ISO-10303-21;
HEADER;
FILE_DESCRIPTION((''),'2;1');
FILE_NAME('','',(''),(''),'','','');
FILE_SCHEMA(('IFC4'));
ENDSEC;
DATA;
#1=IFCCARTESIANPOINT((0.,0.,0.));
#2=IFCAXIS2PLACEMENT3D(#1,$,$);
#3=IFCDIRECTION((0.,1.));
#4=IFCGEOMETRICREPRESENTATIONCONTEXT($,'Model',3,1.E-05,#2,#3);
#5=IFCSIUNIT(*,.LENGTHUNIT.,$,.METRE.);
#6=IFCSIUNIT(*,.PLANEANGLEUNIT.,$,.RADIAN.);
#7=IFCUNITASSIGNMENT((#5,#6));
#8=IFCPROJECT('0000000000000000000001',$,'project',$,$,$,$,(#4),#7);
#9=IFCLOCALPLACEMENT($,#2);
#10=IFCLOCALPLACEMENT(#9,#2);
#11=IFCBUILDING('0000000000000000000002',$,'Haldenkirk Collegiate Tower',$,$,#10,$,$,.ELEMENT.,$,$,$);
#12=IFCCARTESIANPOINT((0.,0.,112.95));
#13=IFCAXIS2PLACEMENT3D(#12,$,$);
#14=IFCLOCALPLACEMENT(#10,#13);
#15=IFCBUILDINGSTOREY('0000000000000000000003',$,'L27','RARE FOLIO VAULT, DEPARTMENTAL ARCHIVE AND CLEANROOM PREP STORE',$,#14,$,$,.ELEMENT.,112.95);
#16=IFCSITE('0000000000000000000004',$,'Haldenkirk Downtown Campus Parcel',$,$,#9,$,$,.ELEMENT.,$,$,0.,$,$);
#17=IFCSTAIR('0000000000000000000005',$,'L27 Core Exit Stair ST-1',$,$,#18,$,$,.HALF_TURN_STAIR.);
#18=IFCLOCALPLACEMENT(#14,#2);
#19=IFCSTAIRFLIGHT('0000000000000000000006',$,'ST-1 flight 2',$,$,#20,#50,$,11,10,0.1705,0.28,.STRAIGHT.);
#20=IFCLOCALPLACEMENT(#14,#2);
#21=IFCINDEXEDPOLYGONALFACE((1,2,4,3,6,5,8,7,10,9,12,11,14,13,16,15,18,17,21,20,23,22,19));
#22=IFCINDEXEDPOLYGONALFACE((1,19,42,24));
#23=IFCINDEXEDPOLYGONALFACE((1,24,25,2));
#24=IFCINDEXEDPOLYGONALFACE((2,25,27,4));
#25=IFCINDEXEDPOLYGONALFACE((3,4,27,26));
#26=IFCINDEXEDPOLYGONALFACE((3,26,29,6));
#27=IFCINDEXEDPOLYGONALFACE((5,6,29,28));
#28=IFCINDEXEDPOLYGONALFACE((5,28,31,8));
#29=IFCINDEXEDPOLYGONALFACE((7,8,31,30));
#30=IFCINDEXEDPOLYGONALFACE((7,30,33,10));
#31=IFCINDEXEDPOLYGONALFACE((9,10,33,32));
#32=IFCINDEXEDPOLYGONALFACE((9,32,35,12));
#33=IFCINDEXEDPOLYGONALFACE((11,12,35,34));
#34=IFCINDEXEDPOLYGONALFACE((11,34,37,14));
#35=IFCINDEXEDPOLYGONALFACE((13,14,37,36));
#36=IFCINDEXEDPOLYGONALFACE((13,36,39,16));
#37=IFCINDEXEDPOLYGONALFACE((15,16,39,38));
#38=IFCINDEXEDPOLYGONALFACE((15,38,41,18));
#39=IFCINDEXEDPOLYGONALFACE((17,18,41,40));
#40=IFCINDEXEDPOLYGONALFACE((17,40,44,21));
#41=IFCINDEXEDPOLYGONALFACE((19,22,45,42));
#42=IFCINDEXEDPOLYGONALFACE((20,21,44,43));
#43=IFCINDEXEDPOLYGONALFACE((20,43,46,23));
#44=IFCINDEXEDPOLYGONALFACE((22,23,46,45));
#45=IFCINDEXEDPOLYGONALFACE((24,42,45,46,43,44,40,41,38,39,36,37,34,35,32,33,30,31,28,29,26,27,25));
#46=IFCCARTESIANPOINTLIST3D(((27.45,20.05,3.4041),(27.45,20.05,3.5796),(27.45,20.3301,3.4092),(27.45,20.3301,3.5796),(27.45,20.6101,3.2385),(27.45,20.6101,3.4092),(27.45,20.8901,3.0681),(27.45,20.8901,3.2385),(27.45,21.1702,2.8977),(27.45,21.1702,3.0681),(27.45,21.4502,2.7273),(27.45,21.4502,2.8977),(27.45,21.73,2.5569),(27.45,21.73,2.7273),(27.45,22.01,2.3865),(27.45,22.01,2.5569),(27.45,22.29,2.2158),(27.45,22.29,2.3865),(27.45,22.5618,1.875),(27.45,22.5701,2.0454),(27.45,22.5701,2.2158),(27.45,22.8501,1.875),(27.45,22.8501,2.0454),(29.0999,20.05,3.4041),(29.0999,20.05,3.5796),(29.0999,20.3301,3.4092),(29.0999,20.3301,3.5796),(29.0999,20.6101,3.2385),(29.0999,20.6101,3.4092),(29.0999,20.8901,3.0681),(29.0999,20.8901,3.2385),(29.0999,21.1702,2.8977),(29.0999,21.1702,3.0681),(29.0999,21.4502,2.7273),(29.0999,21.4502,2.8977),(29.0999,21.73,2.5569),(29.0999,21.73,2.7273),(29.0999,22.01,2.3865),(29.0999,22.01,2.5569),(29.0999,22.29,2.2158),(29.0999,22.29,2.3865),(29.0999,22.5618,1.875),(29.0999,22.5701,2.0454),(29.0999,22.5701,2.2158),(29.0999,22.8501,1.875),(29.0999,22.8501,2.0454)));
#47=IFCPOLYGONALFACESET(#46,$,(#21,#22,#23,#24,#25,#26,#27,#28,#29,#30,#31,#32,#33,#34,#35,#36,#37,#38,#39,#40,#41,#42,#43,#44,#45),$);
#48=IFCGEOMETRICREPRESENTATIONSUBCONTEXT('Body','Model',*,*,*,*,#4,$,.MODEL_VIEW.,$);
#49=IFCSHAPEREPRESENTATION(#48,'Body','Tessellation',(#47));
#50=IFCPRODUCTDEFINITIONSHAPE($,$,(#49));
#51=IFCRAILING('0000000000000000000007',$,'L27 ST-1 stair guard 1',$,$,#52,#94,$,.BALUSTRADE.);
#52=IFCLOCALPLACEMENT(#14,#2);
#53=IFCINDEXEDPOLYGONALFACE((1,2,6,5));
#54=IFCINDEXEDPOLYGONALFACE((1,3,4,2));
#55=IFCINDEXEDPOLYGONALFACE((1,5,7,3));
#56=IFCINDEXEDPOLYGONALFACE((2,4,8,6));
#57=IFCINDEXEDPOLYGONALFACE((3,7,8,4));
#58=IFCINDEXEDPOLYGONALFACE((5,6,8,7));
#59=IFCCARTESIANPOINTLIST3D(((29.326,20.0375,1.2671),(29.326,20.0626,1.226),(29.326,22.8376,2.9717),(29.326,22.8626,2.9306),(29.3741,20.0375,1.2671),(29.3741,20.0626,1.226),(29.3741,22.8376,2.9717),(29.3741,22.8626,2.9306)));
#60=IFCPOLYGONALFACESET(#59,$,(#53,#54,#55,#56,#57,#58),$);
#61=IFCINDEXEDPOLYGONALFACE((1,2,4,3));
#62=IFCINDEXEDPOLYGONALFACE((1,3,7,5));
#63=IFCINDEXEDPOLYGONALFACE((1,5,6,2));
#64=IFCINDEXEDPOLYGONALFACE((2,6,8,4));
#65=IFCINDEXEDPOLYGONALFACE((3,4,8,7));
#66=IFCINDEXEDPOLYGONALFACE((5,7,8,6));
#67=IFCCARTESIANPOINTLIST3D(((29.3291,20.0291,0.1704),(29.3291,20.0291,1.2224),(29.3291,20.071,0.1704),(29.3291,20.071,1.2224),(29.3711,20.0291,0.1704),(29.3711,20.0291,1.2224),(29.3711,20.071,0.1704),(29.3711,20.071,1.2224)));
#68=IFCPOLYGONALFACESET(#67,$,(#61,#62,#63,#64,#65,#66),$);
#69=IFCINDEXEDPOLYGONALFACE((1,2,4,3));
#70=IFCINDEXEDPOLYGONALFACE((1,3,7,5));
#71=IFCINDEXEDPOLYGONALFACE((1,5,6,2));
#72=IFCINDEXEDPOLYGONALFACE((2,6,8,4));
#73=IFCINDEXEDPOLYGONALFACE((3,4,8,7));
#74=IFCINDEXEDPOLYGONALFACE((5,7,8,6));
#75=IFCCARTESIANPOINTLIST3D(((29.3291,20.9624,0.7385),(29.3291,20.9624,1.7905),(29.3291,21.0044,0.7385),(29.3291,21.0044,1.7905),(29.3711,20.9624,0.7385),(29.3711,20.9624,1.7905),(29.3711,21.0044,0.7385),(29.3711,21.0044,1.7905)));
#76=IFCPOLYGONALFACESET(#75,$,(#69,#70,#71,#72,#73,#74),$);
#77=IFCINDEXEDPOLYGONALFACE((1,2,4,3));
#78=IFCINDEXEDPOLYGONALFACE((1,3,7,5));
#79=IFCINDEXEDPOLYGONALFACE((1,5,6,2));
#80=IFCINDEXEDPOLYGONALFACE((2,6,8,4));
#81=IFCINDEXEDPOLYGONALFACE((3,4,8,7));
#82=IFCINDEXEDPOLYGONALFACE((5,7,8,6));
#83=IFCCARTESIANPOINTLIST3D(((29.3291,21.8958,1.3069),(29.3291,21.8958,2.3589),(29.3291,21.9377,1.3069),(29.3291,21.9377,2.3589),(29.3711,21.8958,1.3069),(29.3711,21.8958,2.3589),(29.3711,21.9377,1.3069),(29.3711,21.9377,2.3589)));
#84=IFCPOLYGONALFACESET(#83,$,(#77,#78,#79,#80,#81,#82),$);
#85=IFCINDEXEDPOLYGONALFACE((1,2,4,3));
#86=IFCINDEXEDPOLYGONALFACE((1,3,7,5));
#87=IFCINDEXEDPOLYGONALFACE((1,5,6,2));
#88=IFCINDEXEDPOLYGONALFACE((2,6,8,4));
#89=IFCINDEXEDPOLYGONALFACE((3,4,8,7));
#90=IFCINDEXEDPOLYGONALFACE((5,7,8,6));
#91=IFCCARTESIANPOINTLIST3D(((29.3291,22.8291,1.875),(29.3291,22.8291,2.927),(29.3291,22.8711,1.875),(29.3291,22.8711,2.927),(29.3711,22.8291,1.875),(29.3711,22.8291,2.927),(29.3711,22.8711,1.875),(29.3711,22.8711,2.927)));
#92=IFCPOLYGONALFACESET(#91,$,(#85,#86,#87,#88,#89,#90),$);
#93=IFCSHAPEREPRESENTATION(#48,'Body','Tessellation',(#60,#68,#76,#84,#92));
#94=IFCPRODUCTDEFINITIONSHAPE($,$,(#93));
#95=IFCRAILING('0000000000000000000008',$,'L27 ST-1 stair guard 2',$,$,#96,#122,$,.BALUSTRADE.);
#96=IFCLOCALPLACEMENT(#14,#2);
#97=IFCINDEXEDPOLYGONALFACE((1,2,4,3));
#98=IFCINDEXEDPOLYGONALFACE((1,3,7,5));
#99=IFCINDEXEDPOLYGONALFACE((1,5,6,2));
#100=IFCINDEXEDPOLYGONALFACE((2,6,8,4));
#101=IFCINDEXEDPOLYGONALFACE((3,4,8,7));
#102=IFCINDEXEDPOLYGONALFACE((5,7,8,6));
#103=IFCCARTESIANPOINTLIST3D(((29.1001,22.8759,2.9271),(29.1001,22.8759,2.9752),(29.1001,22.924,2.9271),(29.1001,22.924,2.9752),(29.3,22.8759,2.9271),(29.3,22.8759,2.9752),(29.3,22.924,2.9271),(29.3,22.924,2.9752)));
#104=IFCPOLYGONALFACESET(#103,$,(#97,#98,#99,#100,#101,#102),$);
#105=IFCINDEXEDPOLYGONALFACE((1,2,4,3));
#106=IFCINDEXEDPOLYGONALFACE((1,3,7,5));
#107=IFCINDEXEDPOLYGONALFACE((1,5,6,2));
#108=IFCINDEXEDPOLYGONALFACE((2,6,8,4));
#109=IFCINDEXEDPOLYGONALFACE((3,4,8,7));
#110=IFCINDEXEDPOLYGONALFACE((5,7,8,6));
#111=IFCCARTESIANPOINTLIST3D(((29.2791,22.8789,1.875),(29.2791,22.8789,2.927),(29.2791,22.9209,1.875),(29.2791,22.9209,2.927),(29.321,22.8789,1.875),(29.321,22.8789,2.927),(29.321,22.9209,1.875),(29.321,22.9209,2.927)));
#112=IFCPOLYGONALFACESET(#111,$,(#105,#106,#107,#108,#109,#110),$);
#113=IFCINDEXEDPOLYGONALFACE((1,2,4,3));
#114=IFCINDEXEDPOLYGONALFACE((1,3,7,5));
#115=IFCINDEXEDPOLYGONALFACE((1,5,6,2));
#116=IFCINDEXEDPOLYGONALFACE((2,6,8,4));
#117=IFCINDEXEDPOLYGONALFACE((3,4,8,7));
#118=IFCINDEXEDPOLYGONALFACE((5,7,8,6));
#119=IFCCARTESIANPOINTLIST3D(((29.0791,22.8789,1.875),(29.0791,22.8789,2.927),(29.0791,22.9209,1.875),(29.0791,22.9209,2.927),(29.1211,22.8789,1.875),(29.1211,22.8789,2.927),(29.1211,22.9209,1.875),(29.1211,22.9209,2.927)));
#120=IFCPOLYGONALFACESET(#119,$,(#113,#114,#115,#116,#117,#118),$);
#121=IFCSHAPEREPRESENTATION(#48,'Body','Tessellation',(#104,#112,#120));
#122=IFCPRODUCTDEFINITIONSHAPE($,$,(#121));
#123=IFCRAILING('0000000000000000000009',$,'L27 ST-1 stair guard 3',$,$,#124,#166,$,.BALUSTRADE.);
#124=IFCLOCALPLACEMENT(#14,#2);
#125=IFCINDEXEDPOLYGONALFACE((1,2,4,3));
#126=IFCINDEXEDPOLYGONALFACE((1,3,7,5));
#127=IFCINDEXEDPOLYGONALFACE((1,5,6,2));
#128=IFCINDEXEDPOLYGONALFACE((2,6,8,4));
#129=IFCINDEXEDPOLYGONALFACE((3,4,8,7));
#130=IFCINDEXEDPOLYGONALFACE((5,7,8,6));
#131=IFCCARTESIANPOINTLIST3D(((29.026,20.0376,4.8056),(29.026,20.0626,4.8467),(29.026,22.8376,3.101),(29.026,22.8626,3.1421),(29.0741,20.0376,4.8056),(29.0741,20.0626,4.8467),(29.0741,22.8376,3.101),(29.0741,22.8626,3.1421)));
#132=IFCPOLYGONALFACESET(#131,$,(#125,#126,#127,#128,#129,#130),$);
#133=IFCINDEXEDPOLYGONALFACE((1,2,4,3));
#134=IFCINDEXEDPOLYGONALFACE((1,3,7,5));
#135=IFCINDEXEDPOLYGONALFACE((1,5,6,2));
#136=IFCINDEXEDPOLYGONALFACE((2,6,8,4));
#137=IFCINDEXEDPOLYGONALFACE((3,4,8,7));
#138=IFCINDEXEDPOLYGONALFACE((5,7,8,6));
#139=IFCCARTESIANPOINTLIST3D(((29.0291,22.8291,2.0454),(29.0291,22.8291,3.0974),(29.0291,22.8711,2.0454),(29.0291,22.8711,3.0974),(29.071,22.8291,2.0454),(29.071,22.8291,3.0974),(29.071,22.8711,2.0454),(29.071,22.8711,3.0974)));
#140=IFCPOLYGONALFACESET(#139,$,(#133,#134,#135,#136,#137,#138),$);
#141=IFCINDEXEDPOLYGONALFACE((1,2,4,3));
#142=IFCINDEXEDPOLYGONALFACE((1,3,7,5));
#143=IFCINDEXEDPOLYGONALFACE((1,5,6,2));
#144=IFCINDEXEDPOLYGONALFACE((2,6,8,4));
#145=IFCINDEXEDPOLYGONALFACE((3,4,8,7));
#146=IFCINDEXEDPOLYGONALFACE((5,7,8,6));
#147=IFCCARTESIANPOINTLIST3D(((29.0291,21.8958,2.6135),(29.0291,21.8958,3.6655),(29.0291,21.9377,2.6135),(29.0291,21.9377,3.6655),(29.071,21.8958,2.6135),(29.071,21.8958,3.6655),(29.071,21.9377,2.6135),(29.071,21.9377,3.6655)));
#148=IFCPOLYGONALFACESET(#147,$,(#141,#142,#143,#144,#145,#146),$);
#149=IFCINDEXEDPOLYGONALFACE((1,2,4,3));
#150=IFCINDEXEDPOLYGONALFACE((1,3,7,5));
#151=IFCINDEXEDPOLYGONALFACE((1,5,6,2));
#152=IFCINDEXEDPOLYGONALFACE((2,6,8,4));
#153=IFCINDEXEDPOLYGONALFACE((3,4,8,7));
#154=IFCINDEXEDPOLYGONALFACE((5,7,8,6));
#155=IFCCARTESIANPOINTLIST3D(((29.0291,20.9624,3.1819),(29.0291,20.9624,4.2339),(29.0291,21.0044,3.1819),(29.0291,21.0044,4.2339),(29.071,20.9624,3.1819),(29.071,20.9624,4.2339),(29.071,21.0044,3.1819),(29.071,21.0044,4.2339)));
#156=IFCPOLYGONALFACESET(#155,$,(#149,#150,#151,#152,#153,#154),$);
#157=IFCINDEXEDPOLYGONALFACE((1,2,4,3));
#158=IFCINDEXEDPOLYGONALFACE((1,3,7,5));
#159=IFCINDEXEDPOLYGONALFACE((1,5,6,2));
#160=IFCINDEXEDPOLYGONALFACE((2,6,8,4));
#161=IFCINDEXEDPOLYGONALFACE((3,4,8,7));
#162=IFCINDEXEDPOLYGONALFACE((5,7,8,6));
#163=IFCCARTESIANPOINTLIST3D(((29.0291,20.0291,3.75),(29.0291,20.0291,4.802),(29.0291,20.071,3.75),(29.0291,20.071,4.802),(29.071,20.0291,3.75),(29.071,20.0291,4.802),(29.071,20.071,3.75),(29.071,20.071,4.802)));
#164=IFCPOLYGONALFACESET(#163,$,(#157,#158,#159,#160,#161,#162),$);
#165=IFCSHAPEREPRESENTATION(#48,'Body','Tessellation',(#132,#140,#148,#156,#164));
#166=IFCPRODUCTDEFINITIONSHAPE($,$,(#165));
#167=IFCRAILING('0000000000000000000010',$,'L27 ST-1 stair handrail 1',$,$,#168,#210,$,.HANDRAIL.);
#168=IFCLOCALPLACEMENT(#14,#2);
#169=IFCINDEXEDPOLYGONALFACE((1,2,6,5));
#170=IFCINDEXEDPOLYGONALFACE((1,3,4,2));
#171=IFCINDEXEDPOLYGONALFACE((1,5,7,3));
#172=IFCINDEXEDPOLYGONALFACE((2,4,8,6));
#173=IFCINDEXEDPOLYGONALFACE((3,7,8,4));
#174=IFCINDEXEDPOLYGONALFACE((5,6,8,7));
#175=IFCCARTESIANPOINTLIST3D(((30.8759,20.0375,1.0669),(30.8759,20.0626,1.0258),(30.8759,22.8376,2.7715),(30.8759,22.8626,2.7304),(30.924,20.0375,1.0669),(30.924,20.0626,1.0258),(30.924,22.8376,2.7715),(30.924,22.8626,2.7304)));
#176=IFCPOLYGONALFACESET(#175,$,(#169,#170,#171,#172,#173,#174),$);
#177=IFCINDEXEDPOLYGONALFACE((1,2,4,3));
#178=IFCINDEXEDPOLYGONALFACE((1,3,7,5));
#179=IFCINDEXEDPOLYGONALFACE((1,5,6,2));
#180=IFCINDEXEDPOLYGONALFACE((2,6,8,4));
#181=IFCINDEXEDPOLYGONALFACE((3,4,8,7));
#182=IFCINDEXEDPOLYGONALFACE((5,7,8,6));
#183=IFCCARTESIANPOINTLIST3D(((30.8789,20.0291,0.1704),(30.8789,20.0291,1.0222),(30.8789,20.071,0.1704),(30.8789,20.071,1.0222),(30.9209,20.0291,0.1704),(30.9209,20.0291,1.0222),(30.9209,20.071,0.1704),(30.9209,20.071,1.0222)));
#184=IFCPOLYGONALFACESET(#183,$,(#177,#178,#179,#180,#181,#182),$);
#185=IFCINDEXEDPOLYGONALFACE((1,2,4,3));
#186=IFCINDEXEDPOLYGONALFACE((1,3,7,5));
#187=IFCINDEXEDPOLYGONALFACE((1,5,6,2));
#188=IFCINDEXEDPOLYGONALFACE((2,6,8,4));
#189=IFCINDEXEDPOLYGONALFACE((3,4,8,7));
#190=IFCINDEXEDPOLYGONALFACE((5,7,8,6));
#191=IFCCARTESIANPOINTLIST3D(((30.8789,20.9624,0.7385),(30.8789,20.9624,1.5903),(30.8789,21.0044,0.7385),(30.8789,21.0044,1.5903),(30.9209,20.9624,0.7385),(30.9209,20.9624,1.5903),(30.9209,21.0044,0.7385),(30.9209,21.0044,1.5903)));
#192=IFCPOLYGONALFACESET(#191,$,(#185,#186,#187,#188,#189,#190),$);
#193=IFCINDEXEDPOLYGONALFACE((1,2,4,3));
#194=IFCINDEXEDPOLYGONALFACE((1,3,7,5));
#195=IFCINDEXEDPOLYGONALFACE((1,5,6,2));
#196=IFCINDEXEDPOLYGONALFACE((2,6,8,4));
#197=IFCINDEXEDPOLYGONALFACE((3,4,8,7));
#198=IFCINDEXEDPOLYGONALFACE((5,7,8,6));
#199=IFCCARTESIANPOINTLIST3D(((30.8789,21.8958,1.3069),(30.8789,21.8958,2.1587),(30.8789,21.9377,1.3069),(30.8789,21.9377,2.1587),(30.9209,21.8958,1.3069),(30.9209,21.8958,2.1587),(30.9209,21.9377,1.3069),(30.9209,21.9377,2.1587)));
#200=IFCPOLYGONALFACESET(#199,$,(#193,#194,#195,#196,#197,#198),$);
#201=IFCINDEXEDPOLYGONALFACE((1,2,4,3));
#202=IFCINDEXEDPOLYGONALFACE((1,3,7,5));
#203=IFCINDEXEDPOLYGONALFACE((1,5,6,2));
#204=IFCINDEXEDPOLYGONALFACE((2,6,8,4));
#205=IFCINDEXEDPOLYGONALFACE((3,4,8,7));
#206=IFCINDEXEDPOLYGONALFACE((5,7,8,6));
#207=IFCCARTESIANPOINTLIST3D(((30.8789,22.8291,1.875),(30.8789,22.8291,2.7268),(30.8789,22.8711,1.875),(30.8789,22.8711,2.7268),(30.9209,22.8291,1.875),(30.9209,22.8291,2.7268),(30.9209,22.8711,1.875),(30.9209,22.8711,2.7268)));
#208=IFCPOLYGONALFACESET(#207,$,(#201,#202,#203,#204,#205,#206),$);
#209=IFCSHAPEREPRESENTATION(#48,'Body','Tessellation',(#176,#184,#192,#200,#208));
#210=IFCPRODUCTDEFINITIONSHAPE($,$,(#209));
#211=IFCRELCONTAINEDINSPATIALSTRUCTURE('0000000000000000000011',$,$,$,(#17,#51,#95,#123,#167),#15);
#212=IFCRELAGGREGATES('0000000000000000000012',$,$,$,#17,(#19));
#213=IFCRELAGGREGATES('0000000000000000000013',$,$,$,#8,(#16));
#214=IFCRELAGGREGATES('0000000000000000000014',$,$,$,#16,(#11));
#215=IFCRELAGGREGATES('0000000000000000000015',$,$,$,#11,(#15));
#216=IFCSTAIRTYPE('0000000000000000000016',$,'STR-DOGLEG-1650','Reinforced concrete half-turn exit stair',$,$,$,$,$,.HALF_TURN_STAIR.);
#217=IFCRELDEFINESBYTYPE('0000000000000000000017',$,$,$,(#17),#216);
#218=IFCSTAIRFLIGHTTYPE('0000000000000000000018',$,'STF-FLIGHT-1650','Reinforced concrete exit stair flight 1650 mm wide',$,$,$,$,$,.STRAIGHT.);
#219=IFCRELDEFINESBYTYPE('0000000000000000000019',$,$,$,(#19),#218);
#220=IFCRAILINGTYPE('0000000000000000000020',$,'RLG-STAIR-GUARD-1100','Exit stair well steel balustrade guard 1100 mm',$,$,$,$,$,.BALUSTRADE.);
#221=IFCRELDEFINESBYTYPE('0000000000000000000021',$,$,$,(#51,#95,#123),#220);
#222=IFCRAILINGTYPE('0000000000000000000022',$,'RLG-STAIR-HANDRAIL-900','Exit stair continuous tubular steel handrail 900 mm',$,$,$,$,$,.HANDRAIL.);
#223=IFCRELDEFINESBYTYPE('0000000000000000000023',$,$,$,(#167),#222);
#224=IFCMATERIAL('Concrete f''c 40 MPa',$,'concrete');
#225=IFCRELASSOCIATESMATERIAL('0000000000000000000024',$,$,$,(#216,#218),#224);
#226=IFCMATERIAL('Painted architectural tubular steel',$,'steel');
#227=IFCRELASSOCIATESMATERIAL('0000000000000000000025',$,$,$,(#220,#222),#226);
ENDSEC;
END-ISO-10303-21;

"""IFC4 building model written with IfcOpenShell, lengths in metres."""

from ifc_helpers import new_model, si_unit, direction, frame, origin, origin_2d, place, context, subcontext, project, spatial, polyline, rectangle, outline, extrude, material, type_object, element, aggregate, save


model = new_model("IFC4")

# Units and contexts
model_context = context("Model", 3, precision=1e-05, world=origin(), true_north=direction((0.0, 1.0)))
body_context = subcontext(model_context, "Body", "Model", "MODEL_VIEW")
ifc_project = project(units=[si_unit("LENGTHUNIT", "METRE"), si_unit("PLANEANGLEUNIT", "RADIAN")], contexts=[model_context])

# Site, building, storey
site_placement = place(None, origin())
site = spatial("IfcSite", under=ifc_project, at=site_placement, Name="Haldenkirk Downtown Campus Parcel", CompositionType="ELEMENT", RefElevation=0.0)
building_placement = place(site_placement, origin())
building = spatial("IfcBuilding", under=site, at=building_placement, Name="Haldenkirk Collegiate Tower", CompositionType="ELEMENT")
storey_placement = place(building_placement, frame((0.0, 0.0, 112.95)))
storey = spatial("IfcBuildingStorey", under=building, at=storey_placement, Name="L27", Description="RARE FOLIO VAULT, DEPARTMENTAL ARCHIVE AND CLEANROOM PREP STORE", CompositionType="ELEMENT", Elevation=112.95)

# Stair, stair flight
ifc_material_1 = material(Name="Concrete f'c 40 MPa", Category="concrete")
stair_type = type_object("IfcStairType", Name="STR-DOGLEG-1650", Description="Reinforced concrete half-turn exit stair", PredefinedType="HALF_TURN_STAIR", material=ifc_material_1)
stair_placement = place(storey_placement, origin())
stair = element("IfcStair", 1, at=stair_placement, inside=storey, type_object=stair_type, Name="L27 Core Exit Stair ST-1", PredefinedType="HALF_TURN_STAIR")
stair_flight_type = type_object("IfcStairFlightType", Name="STF-FLIGHT-1650", Description="Reinforced concrete exit stair flight 1650 mm wide", PredefinedType="STRAIGHT", material=ifc_material_1)
stair_flight_1_placement = place(storey_placement, frame((28.2749, 22.8501, 1.875), z_axis=(0.0, 0.0, 1.0), x_axis=(0.0, -1.0, 0.0)))
stair_flight_1 = element("IfcStairFlight", 2, at=stair_flight_1_placement, type_object=stair_flight_type, Name="ST-1 flight 2", NumberOfRisers=11, NumberOfTreads=10, PredefinedType="STRAIGHT", RiserHeight=0.1705, TreadLength=0.28, context=body_context, shape_type="SweptSolid", body=[
    extrude(outline(polyline([(0.0, 0.0), (0.0, 0.1704), (0.28, 0.1704), (0.28, 0.3408), (0.5601, 0.3408), (0.5601, 0.5115), (0.8401, 0.5115), (0.8401, 0.6819), (1.1201, 0.6819), (1.1201, 0.8523), (1.3999, 0.8523), (1.3999, 1.0227), (1.6799, 1.0227), (1.6799, 1.1931), (1.96, 1.1931), (1.96, 1.3635), (2.24, 1.3635), (2.24, 1.5342), (2.52, 1.5342), (2.52, 1.7046), (2.8, 1.7046), (2.8, 1.875), (2.8, 1.5291), (0.2883, 0.0), (0.0, 0.0)])), frame((0.0, 0.825, 0.0), z_axis=(0.0, -1.0, 0.0), x_axis=(1.0, 0.0, 0.0)), (0.0, 0.0, 1.0), 1.6499),
])
aggregate(stair, [stair_flight_1])

# Railings
ifc_material_2 = material(Name="Painted architectural tubular steel", Category="steel")
railing_type_1 = type_object("IfcRailingType", Name="RLG-STAIR-GUARD-1100", Description="Exit stair well steel balustrade guard 1100 mm", PredefinedType="BALUSTRADE", material=ifc_material_2)
railing_1_placement = place(storey_placement, frame((29.3501, 20.05, 0.1704)))
element("IfcRailing", 3, at=railing_1_placement, inside=storey, type_object=railing_type_1, Name="L27 ST-1 stair guard 1", PredefinedType="BALUSTRADE", context=body_context, shape_type="SweptSolid", body=[
    extrude(rectangle(XDim=0.0481, YDim=0.0481, at=origin_2d()), frame((0.0, 0.0, 1.0762), z_axis=(0.0, 0.85417, 0.519994), x_axis=(-1.0, 0.0, 0.0)), (0.0, 0.0, 1.0), 3.2781),
    extrude(rectangle(XDim=0.042, YDim=0.042, at=origin_2d()), origin(), (0.0, 0.0, 1.0), 1.052),
    extrude(rectangle(XDim=0.042, YDim=0.042, at=origin_2d()), frame((0.0, 0.9333, 0.5681)), (0.0, 0.0, 1.0), 1.052),
    extrude(rectangle(XDim=0.042, YDim=0.042, at=origin_2d()), frame((0.0, 1.8667, 1.1365)), (0.0, 0.0, 1.0), 1.052),
    extrude(rectangle(XDim=0.042, YDim=0.042, at=origin_2d()), frame((0.0, 2.8, 1.7046)), (0.0, 0.0, 1.0), 1.052),
])
railing_2_placement = place(storey_placement, frame((29.3, 22.8999, 1.875)))
element("IfcRailing", 4, at=railing_2_placement, inside=storey, type_object=railing_type_1, Name="L27 ST-1 stair guard 2", PredefinedType="BALUSTRADE", context=body_context, shape_type="SweptSolid", body=[
    extrude(rectangle(XDim=0.0481, YDim=0.0481, at=origin_2d()), frame((0.0, 0.0, 1.0762), z_axis=(-1.0, 0.0, 0.0), x_axis=(0.0, -1.0, 0.0)), (0.0, 0.0, 1.0), 0.2),
    extrude(rectangle(XDim=0.042, YDim=0.042, at=origin_2d()), origin(), (0.0, 0.0, 1.0), 1.052),
    extrude(rectangle(XDim=0.042, YDim=0.042, at=origin_2d()), frame((-0.2, 0.0, 0.0)), (0.0, 0.0, 1.0), 1.052),
])
railing_3_placement = place(storey_placement, frame((29.05, 22.8501, 2.0454)))
element("IfcRailing", 5, at=railing_3_placement, inside=storey, type_object=railing_type_1, Name="L27 ST-1 stair guard 3", PredefinedType="BALUSTRADE", context=body_context, shape_type="SweptSolid", body=[
    extrude(rectangle(XDim=0.0481, YDim=0.0481, at=origin_2d()), frame((0.0, 0.0, 1.0762), z_axis=(0.0, -0.85417, 0.519994), x_axis=(1.0, 0.0, 0.0)), (0.0, 0.0, 1.0), 3.2781),
    extrude(rectangle(XDim=0.042, YDim=0.042, at=origin_2d()), origin(), (0.0, 0.0, 1.0), 1.052),
    extrude(rectangle(XDim=0.042, YDim=0.042, at=origin_2d()), frame((0.0, -0.9333, 0.5681)), (0.0, 0.0, 1.0), 1.052),
    extrude(rectangle(XDim=0.042, YDim=0.042, at=origin_2d()), frame((0.0, -1.8667, 1.1365)), (0.0, 0.0, 1.0), 1.052),
    extrude(rectangle(XDim=0.042, YDim=0.042, at=origin_2d()), frame((0.0, -2.8, 1.7046)), (0.0, 0.0, 1.0), 1.052),
])
railing_type_2 = type_object("IfcRailingType", Name="RLG-STAIR-HANDRAIL-900", Description="Exit stair continuous tubular steel handrail 900 mm", PredefinedType="HANDRAIL", material=ifc_material_2)
railing_4_placement = place(storey_placement, frame((30.8999, 20.05, 0.1704)))
element("IfcRailing", 6, at=railing_4_placement, inside=storey, type_object=railing_type_2, Name="L27 ST-1 stair handrail 1", PredefinedType="HANDRAIL", context=body_context, shape_type="SweptSolid", body=[
    extrude(rectangle(XDim=0.0481, YDim=0.0481, at=origin_2d()), frame((0.0, 0.0, 0.876), z_axis=(0.0, 0.85417, 0.519994), x_axis=(-1.0, 0.0, 0.0)), (0.0, 0.0, 1.0), 3.2781),
    extrude(rectangle(XDim=0.042, YDim=0.042, at=origin_2d()), origin(), (0.0, 0.0, 1.0), 0.8518),
    extrude(rectangle(XDim=0.042, YDim=0.042, at=origin_2d()), frame((0.0, 0.9333, 0.5681)), (0.0, 0.0, 1.0), 0.8518),
    extrude(rectangle(XDim=0.042, YDim=0.042, at=origin_2d()), frame((0.0, 1.8667, 1.1365)), (0.0, 0.0, 1.0), 0.8518),
    extrude(rectangle(XDim=0.042, YDim=0.042, at=origin_2d()), frame((0.0, 2.8, 1.7046)), (0.0, 0.0, 1.0), 0.8518),
])

save(model, "model.ifc")
